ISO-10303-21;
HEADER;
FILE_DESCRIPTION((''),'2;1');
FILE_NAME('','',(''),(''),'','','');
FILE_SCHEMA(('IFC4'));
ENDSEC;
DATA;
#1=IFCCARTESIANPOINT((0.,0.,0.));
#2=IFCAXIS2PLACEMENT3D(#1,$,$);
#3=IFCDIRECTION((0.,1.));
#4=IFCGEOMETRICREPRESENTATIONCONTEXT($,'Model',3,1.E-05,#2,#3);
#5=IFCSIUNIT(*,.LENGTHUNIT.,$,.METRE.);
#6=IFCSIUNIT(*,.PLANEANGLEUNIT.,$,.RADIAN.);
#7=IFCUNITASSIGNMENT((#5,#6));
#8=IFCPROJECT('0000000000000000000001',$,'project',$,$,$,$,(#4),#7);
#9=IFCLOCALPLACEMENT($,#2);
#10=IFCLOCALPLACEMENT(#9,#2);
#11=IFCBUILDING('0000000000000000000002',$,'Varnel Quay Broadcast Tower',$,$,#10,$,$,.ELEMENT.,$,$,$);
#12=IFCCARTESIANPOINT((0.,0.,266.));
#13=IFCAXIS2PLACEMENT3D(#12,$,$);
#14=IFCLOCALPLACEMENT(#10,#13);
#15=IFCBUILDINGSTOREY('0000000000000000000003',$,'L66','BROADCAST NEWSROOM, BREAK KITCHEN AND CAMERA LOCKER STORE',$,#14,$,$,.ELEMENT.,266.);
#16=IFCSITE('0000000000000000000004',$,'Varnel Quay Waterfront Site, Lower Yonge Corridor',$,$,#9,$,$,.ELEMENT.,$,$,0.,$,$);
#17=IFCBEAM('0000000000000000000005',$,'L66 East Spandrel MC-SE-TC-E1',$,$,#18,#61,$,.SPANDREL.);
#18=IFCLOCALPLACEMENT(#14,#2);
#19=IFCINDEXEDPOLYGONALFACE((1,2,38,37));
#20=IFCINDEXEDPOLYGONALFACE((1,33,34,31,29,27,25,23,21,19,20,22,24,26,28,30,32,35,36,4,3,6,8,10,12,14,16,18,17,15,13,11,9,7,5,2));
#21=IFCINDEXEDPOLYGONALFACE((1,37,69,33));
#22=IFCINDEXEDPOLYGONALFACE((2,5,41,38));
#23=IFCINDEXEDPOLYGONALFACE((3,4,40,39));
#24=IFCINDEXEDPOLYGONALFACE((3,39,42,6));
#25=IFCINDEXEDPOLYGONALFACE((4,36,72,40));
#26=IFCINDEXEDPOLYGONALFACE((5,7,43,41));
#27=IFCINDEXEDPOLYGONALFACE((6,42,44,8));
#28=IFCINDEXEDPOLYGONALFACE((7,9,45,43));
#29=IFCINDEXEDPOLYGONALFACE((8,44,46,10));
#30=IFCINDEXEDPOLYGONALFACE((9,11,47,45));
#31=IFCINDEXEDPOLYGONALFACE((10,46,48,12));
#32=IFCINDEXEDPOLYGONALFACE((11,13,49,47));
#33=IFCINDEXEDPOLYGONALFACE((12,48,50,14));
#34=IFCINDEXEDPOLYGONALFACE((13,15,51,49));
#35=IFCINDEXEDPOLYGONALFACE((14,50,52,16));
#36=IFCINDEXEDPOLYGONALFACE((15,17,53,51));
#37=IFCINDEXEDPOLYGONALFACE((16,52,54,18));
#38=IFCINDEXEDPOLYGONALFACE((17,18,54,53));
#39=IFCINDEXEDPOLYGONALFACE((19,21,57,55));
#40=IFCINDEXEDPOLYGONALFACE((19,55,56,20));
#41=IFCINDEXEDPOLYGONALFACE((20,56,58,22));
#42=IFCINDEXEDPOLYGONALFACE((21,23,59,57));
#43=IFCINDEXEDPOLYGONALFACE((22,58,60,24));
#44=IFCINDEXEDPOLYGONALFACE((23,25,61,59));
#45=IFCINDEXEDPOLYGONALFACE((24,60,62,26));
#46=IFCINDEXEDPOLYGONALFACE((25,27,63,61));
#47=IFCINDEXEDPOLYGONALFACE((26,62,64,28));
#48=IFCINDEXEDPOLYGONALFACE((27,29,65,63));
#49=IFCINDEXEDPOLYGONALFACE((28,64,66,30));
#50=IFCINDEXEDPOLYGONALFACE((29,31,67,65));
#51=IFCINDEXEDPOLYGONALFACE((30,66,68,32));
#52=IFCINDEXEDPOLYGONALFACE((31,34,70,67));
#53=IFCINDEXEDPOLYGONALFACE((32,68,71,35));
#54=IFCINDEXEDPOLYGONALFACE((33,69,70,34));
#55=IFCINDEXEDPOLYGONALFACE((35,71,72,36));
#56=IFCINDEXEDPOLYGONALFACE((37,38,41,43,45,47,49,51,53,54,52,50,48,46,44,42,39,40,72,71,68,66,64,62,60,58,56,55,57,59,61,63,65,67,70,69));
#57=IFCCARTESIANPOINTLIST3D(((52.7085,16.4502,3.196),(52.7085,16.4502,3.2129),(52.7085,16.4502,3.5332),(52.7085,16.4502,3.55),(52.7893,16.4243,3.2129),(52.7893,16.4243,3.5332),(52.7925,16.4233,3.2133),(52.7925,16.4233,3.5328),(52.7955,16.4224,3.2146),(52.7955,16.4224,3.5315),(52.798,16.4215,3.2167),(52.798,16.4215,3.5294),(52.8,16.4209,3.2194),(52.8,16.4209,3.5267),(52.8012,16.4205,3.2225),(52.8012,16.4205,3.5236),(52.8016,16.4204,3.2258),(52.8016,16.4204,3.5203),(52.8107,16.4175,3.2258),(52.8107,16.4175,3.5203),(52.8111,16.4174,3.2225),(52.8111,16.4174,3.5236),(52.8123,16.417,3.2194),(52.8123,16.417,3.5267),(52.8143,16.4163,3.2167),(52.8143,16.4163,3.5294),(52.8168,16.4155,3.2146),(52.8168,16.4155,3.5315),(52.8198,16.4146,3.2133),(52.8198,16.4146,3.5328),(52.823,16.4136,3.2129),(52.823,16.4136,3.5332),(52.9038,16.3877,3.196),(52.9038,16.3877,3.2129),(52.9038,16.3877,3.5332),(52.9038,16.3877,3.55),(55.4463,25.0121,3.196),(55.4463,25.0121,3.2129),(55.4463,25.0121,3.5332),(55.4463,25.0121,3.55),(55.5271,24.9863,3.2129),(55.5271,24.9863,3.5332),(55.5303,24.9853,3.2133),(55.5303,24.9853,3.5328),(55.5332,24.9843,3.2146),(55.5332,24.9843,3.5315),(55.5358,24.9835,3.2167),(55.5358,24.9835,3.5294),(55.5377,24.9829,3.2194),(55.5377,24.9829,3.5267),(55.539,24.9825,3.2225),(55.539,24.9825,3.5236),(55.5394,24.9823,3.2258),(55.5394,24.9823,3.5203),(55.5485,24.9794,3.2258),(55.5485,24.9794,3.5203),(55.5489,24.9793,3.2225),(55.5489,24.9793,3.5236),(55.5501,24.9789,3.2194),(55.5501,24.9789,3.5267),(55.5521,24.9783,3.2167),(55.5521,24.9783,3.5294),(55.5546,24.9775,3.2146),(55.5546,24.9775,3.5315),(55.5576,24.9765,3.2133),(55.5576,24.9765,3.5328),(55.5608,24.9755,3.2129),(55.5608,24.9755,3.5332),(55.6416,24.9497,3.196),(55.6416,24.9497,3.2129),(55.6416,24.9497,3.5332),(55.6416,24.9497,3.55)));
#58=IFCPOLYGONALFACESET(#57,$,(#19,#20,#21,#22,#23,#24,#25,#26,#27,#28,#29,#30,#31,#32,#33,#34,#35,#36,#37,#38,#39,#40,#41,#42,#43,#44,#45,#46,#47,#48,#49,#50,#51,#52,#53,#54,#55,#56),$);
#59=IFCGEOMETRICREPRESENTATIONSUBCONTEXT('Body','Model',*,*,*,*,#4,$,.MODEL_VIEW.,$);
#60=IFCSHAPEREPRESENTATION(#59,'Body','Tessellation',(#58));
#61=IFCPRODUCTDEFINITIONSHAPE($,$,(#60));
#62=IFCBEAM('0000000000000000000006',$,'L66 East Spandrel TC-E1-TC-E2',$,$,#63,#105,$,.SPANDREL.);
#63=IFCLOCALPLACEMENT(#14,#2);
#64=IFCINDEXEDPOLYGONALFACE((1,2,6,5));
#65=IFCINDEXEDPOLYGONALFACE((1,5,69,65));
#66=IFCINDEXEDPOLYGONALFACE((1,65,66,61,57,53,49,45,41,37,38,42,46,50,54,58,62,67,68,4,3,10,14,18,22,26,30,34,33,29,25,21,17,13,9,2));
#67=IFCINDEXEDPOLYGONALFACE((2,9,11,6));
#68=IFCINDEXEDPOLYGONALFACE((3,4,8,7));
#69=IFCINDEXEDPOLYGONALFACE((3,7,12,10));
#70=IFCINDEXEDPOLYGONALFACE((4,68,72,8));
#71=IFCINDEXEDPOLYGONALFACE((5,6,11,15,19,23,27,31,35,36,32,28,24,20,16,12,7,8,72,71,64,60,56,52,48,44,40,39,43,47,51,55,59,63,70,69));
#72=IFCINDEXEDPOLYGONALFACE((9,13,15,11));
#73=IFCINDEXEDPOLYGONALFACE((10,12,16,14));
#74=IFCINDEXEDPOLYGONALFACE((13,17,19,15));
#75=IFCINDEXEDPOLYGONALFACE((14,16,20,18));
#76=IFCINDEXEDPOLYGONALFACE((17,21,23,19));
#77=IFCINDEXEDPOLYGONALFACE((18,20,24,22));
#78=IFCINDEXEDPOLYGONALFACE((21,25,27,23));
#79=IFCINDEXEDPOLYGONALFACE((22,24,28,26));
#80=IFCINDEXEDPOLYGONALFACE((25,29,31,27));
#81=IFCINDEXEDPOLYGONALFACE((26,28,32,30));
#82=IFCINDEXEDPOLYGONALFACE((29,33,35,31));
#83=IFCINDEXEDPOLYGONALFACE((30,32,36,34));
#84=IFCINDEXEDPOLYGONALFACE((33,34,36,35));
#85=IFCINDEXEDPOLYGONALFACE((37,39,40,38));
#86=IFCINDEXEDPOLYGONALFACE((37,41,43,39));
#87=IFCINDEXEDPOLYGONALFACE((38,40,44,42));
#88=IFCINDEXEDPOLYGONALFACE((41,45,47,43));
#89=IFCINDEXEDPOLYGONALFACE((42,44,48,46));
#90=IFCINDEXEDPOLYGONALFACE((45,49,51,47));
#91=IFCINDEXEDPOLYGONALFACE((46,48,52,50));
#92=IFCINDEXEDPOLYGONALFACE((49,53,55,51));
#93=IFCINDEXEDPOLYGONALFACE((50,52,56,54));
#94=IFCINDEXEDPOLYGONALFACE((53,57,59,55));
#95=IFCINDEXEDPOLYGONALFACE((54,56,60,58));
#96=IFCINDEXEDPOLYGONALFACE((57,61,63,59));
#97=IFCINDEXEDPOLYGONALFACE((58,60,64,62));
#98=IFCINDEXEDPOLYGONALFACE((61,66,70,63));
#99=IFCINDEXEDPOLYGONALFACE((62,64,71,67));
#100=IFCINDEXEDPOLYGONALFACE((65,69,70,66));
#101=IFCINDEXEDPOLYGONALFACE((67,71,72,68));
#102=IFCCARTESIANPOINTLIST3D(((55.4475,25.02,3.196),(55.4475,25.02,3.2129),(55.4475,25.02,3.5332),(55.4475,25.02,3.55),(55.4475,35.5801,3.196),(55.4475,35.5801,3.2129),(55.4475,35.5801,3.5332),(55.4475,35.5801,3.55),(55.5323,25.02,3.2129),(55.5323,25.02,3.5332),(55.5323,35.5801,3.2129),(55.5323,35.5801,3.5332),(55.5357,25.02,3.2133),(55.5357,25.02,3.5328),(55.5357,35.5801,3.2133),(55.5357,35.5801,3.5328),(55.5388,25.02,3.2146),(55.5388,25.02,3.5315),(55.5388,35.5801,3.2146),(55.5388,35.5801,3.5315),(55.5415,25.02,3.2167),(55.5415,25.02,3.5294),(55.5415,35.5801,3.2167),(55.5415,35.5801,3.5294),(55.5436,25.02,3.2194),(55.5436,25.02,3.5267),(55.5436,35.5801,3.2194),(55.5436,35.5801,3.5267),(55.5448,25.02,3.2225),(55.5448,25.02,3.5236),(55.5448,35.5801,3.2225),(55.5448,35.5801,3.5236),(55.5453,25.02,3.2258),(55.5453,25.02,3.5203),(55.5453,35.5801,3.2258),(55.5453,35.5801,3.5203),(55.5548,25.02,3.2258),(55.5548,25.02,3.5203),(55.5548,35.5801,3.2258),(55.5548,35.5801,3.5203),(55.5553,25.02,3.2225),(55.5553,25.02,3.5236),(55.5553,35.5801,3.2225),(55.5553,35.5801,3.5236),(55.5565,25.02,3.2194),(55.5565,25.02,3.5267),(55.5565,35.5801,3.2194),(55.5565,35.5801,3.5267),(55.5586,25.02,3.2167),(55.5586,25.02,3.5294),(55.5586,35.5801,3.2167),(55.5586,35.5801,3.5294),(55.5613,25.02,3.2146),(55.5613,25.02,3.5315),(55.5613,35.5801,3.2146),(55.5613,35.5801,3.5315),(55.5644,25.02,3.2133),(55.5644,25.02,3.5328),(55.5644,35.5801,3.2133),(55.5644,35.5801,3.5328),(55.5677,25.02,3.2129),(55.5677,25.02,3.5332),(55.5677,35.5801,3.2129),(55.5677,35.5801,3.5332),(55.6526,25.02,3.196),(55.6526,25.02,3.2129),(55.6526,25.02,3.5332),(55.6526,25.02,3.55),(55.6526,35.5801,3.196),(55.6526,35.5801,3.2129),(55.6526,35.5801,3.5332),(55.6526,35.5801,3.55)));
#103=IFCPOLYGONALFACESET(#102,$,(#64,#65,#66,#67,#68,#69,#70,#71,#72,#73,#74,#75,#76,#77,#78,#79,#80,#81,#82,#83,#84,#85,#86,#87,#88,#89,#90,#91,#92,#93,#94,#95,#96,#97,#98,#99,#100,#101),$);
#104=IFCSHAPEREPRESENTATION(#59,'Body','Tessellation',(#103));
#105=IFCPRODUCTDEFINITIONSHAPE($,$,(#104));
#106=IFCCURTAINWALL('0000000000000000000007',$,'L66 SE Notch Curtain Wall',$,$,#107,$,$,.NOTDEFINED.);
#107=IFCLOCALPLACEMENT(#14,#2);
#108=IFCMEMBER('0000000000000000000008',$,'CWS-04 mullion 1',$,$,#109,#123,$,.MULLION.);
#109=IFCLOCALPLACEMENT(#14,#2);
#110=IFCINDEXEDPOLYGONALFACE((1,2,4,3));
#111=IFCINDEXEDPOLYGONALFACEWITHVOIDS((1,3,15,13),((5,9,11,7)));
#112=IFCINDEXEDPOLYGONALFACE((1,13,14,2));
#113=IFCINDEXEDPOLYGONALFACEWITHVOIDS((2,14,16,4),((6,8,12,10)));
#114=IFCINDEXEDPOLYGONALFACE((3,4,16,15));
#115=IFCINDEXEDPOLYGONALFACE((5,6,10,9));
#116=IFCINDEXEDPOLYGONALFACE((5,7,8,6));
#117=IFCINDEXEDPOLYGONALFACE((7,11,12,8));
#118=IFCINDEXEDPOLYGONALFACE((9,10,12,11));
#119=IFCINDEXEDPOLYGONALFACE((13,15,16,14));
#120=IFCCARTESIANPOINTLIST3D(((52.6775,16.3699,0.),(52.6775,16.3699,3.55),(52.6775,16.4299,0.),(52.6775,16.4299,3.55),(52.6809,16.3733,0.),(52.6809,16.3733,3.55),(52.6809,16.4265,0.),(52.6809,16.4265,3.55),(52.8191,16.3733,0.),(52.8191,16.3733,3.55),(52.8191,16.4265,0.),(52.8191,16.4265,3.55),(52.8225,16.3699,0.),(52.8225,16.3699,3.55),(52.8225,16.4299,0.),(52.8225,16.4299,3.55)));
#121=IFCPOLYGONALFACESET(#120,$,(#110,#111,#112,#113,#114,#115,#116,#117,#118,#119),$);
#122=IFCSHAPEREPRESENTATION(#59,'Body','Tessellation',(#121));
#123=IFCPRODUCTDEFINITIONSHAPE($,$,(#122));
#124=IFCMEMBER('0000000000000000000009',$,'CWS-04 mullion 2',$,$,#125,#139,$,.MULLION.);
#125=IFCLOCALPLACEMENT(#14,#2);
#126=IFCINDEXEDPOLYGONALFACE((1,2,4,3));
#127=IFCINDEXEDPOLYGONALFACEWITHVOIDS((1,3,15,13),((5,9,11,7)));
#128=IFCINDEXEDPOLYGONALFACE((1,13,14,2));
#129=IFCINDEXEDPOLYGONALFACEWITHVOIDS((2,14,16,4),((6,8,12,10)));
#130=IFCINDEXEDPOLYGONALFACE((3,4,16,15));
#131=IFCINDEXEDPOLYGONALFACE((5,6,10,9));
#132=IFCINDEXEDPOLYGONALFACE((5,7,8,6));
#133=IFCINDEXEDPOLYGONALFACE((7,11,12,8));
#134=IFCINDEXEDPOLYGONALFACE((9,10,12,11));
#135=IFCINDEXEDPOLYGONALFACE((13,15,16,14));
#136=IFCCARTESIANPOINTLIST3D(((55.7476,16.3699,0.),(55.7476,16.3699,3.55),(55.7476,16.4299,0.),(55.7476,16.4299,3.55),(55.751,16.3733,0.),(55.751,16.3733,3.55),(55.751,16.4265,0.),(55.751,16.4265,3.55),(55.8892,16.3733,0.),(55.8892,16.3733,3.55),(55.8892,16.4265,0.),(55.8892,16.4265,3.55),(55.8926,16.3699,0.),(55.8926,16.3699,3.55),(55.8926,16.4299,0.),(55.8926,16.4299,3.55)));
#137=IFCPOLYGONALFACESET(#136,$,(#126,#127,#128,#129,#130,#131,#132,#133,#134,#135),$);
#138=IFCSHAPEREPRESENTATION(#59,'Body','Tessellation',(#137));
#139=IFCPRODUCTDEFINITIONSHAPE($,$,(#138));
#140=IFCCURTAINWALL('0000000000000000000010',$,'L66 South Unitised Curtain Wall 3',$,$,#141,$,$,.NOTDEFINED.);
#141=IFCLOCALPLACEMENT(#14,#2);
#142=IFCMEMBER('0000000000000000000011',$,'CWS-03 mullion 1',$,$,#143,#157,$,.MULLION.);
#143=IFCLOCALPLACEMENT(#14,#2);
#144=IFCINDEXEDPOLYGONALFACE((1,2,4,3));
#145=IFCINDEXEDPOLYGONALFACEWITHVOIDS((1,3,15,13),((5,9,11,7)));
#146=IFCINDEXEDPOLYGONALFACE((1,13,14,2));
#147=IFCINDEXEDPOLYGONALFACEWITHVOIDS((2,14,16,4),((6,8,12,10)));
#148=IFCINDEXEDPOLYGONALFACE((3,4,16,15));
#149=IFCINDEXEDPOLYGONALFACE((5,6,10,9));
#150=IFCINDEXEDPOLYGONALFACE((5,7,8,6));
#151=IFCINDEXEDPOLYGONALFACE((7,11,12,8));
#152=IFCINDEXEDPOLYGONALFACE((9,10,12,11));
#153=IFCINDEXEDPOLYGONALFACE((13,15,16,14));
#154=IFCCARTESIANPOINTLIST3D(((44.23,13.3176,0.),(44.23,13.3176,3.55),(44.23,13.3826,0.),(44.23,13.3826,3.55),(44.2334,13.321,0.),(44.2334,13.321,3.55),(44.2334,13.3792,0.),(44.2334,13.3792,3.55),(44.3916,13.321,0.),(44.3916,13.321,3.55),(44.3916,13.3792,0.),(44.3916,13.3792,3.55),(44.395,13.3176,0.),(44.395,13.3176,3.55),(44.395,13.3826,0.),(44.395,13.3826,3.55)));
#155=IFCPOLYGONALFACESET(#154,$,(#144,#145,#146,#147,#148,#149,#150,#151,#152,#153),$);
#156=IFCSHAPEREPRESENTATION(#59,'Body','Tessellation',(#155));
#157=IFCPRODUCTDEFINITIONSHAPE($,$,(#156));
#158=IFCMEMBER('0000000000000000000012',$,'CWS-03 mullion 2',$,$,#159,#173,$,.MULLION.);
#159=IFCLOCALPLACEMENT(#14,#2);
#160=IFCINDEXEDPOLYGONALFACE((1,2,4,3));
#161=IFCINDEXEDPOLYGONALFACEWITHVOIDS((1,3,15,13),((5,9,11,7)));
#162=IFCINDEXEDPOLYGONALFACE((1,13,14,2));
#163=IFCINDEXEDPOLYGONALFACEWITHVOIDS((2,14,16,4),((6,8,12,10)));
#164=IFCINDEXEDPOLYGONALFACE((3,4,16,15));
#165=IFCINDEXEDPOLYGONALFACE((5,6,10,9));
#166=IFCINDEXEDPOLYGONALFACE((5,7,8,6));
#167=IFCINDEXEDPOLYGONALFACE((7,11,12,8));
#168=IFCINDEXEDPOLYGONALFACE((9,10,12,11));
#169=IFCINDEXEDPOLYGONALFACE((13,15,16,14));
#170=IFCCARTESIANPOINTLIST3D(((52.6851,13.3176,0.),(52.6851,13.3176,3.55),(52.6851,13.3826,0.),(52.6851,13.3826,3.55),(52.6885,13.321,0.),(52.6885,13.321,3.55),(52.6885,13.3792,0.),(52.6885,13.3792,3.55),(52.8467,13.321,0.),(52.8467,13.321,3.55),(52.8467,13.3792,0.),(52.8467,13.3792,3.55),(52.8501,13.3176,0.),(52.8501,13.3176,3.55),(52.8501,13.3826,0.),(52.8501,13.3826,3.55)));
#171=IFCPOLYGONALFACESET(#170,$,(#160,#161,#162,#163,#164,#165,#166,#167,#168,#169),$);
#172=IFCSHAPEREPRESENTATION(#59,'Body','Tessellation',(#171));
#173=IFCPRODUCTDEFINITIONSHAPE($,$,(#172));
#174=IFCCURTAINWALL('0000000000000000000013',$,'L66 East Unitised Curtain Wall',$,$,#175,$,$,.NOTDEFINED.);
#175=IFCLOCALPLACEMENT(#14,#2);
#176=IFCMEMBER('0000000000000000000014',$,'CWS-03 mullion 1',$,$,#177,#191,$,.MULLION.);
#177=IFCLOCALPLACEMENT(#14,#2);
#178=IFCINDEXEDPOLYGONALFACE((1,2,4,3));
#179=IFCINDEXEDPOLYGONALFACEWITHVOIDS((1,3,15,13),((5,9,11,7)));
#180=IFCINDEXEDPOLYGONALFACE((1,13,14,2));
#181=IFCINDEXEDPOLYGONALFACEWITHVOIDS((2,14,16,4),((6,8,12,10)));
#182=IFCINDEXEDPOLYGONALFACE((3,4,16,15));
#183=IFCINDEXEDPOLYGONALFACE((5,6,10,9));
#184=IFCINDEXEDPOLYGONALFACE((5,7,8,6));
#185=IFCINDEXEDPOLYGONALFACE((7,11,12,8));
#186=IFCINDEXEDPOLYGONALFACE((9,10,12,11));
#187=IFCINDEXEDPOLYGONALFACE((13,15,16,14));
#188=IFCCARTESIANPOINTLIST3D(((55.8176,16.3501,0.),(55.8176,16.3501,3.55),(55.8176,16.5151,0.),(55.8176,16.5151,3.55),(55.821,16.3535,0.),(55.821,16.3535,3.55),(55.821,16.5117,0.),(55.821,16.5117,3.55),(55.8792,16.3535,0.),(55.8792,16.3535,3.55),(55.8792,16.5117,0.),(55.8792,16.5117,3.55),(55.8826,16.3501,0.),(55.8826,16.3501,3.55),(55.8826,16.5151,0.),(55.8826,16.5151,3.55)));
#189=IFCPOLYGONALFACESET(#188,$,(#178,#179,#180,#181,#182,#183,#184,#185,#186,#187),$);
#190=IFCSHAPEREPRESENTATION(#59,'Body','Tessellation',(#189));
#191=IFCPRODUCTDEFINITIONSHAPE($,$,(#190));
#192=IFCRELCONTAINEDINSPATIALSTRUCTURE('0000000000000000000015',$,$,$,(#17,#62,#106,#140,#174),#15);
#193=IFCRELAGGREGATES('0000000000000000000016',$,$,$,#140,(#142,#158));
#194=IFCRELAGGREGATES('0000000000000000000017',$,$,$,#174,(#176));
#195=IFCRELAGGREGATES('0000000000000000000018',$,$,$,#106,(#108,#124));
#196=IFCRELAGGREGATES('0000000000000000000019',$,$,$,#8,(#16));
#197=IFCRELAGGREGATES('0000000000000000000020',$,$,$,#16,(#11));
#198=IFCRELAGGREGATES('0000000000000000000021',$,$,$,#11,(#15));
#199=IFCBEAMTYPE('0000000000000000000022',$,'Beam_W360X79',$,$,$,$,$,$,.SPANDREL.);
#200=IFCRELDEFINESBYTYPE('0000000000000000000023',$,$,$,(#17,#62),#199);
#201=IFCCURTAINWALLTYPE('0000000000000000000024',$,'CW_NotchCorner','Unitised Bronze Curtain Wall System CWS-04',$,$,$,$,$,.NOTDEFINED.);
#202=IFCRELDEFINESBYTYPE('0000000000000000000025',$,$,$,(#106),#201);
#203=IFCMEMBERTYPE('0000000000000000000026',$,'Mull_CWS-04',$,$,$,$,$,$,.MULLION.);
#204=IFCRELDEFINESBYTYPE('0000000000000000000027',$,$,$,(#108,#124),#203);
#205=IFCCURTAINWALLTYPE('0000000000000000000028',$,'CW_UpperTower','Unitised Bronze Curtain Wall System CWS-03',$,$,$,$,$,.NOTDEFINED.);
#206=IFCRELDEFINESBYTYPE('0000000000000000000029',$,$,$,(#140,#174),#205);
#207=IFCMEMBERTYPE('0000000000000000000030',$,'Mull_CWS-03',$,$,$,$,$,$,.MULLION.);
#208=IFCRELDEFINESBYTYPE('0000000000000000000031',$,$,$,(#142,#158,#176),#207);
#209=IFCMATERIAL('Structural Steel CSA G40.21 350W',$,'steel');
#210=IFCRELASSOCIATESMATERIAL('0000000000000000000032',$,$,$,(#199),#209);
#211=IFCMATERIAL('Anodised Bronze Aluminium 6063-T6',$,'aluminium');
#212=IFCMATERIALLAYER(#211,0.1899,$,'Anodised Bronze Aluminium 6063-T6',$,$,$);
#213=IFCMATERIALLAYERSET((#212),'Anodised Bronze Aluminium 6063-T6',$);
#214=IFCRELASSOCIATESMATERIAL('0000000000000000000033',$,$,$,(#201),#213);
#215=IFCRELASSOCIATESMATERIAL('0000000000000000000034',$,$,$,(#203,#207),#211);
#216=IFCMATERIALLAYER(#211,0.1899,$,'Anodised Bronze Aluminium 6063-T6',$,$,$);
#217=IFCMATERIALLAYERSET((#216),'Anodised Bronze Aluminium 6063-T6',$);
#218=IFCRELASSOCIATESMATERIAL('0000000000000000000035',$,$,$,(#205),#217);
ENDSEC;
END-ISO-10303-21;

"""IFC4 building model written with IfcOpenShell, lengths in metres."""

from ifc_helpers import new_model, si_unit, direction, frame, origin, origin_2d, place, context, subcontext, project, spatial, hollow_rectangle, i_section, extrude, source, transform, mapped, material, layer, layer_set, material_profile, profile_set, type_object, type_shapes, element, aggregate, save


model = new_model("IFC4")

# Units and contexts
model_context = context("Model", 3, precision=1e-05, world=origin(), true_north=direction((0.0, 1.0)))
body_context = subcontext(model_context, "Body", "Model", "MODEL_VIEW")
ifc_project = project(units=[si_unit("LENGTHUNIT", "METRE"), si_unit("PLANEANGLEUNIT", "RADIAN")], contexts=[model_context])

# Site, building, storey
site_placement = place(None, origin())
site = spatial("IfcSite", under=ifc_project, at=site_placement, Name="Varnel Quay Waterfront Site, Lower Yonge Corridor", CompositionType="ELEMENT", RefElevation=0.0)
building_placement = place(site_placement, origin())
building = spatial("IfcBuilding", under=site, at=building_placement, Name="Varnel Quay Broadcast Tower", CompositionType="ELEMENT")
storey_placement = place(building_placement, frame((0.0, 0.0, 266.0)))
storey = spatial("IfcBuildingStorey", under=building, at=storey_placement, Name="L66", Description="BROADCAST NEWSROOM, BREAK KITCHEN AND CAMERA LOCKER STORE", CompositionType="ELEMENT", Elevation=266.0)

# Shared definitions
ifc_material_1 = material(Name="Structural Steel CSA G40.21 350W", Category="steel")

# Beams
ifc_material_profile_1 = material_profile(ifc_material_1, i_section(OverallWidth=0.2051, OverallDepth=0.354, WebThickness=0.0095, FlangeThickness=0.0168, FilletRadius=0.0129, at=origin_2d()), Name="W360X79")
ifc_profile_set_1 = profile_set([ifc_material_profile_1], Name="Structural Steel CSA G40.21 350W")
beam_type = type_object("IfcBeamType", Name="Beam_W360X79", PredefinedType="SPANDREL", material=ifc_profile_set_1)
shared_shape_1 = source(origin(), body_context, "Body", "SweptSolid", [
    extrude(i_section(OverallWidth=0.2051, OverallDepth=0.354, WebThickness=0.0095, FlangeThickness=0.0168, FilletRadius=0.0129, at=origin_2d()), origin(), (0.0, 0.0, 1.0), 8.989),
])
beam_1_placement = place(storey_placement, frame((52.8062, 16.4189, 3.373), z_axis=(0.304569, 0.95249, 0.0), x_axis=(-0.95249, 0.304569, 0.0)))
element("IfcBeam", 1, at=beam_1_placement, inside=storey, type_object=beam_type, Name="L66 East Spandrel MC-SE-TC-E1", PredefinedType="SPANDREL", context=body_context, shape_type="MappedRepresentation", body=[
    mapped(shared_shape_1, transform((0.0, 0.0, 0.0), x_axis=(1.0, 0.0, 0.0), y_axis=(0.0, 1.0, 0.0), z_axis=(0.0, 0.0, 1.0), scale=1.0)),
])
shared_shape_2 = source(origin(), body_context, "Body", "SweptSolid", [
    extrude(i_section(OverallWidth=0.2051, OverallDepth=0.354, WebThickness=0.0095, FlangeThickness=0.0168, FilletRadius=0.0129, at=origin_2d()), origin(), (0.0, 0.0, 1.0), 10.5601),
])
beam_2_placement = place(storey_placement, frame((55.55, 25.02, 3.373), z_axis=(0.0, 1.0, 0.0), x_axis=(-1.0, 0.0, 0.0)))
element("IfcBeam", 2, at=beam_2_placement, inside=storey, type_object=beam_type, Name="L66 East Spandrel TC-E1-TC-E2", PredefinedType="SPANDREL", context=body_context, shape_type="MappedRepresentation", body=[
    mapped(shared_shape_2, transform((0.0, 0.0, 0.0), x_axis=(1.0, 0.0, 0.0), y_axis=(0.0, 1.0, 0.0), z_axis=(0.0, 0.0, 1.0), scale=1.0)),
])

# Curtain walls, members
ifc_material_2 = material(Name="Anodised Bronze Aluminium 6063-T6", Category="aluminium")
ifc_layer_1 = layer(ifc_material_2, 0.1899, Name="Anodised Bronze Aluminium 6063-T6")
ifc_layer_set_1 = layer_set([ifc_layer_1], Name="Anodised Bronze Aluminium 6063-T6")
curtain_wall_type_1 = type_object("IfcCurtainWallType", Name="CW_NotchCorner", Description="Unitised Bronze Curtain Wall System CWS-04", PredefinedType="NOTDEFINED", material=ifc_layer_set_1)
curtain_wall_1_placement = place(storey_placement, origin())
curtain_wall_1 = element("IfcCurtainWall", 3, at=curtain_wall_1_placement, inside=storey, type_object=curtain_wall_type_1, Name="L66 SE Notch Curtain Wall", PredefinedType="NOTDEFINED")
ifc_material_profile_2 = material_profile(ifc_material_2, hollow_rectangle(XDim=0.0601, YDim=0.145, WallThickness=0.0034, at=origin_2d()), Name="ALU60X145X3.5")
ifc_profile_set_2 = profile_set([ifc_material_profile_2], Name="Anodised Bronze Aluminium 6063-T6")
member_type_1 = type_object("IfcMemberType", Name="Mull_CWS-04", PredefinedType="MULLION", material=ifc_profile_set_2)
shared_shape_3 = source(origin(), body_context, "Body", "SweptSolid", [
    extrude(hollow_rectangle(XDim=0.0601, YDim=0.145, WallThickness=0.0034, at=origin_2d()), origin(), (0.0, 0.0, 1.0), 3.55),
])
type_shapes(member_type_1, [shared_shape_3])
member_1_placement = place(storey_placement, frame((52.75, 16.3999, 0.0), z_axis=(0.0, 0.0, 1.0), x_axis=(0.0, 1.0, 0.0)))
member_1 = element("IfcMember", 4, at=member_1_placement, type_object=member_type_1, Name="CWS-04 mullion 1", PredefinedType="MULLION", context=body_context, shape_type="MappedRepresentation", body=[
    mapped(shared_shape_3, transform((0.0, 0.0, 0.0), x_axis=(1.0, 0.0, 0.0), y_axis=(0.0, 1.0, 0.0), z_axis=(0.0, 0.0, 1.0), scale=1.0)),
])
member_2_placement = place(storey_placement, frame((55.8201, 16.3999, 0.0), z_axis=(0.0, 0.0, 1.0), x_axis=(0.0, 1.0, 0.0)))
member_2 = element("IfcMember", 5, at=member_2_placement, type_object=member_type_1, Name="CWS-04 mullion 2", PredefinedType="MULLION", context=body_context, shape_type="MappedRepresentation", body=[
    mapped(shared_shape_3, transform((0.0, 0.0, 0.0), x_axis=(1.0, 0.0, 0.0), y_axis=(0.0, 1.0, 0.0), z_axis=(0.0, 0.0, 1.0), scale=1.0)),
])
ifc_layer_2 = layer(ifc_material_2, 0.1899, Name="Anodised Bronze Aluminium 6063-T6")
ifc_layer_set_2 = layer_set([ifc_layer_2], Name="Anodised Bronze Aluminium 6063-T6")
curtain_wall_type_2 = type_object("IfcCurtainWallType", Name="CW_UpperTower", Description="Unitised Bronze Curtain Wall System CWS-03", PredefinedType="NOTDEFINED", material=ifc_layer_set_2)
curtain_wall_2_placement = place(storey_placement, origin())
curtain_wall_2 = element("IfcCurtainWall", 6, at=curtain_wall_2_placement, inside=storey, type_object=curtain_wall_type_2, Name="L66 South Unitised Curtain Wall 3", PredefinedType="NOTDEFINED")
ifc_material_profile_3 = material_profile(ifc_material_2, hollow_rectangle(XDim=0.0649, YDim=0.165, WallThickness=0.0034, at=origin_2d()), Name="ALU65X165X3.5")
ifc_profile_set_3 = profile_set([ifc_material_profile_3], Name="Anodised Bronze Aluminium 6063-T6")
member_type_2 = type_object("IfcMemberType", Name="Mull_CWS-03", PredefinedType="MULLION", material=ifc_profile_set_3)
shared_shape_4 = source(origin(), body_context, "Body", "SweptSolid", [
    extrude(hollow_rectangle(XDim=0.0649, YDim=0.165, WallThickness=0.0034, at=origin_2d()), origin(), (0.0, 0.0, 1.0), 3.55),
])
type_shapes(member_type_2, [shared_shape_4])
member_3_placement = place(storey_placement, frame((44.3125, 13.3501, 0.0), z_axis=(0.0, 0.0, 1.0), x_axis=(0.0, 1.0, 0.0)))
member_3 = element("IfcMember", 7, at=member_3_placement, type_object=member_type_2, Name="CWS-03 mullion 1", PredefinedType="MULLION", context=body_context, shape_type="MappedRepresentation", body=[
    mapped(shared_shape_4, transform((0.0, 0.0, 0.0), x_axis=(1.0, 0.0, 0.0), y_axis=(0.0, 1.0, 0.0), z_axis=(0.0, 0.0, 1.0), scale=1.0)),
])
member_4_placement = place(storey_placement, frame((52.7676, 13.3501, 0.0), z_axis=(0.0, 0.0, 1.0), x_axis=(0.0, 1.0, 0.0)))
member_4 = element("IfcMember", 8, at=member_4_placement, type_object=member_type_2, Name="CWS-03 mullion 2", PredefinedType="MULLION", context=body_context, shape_type="MappedRepresentation", body=[
    mapped(shared_shape_4, transform((0.0, 0.0, 0.0), x_axis=(1.0, 0.0, 0.0), y_axis=(0.0, 1.0, 0.0), z_axis=(0.0, 0.0, 1.0), scale=1.0)),
])

# Curtain wall, member
curtain_wall_3_placement = place(storey_placement, origin())
curtain_wall_3 = element("IfcCurtainWall", 9, at=curtain_wall_3_placement, inside=storey, type_object=curtain_wall_type_2, Name="L66 East Unitised Curtain Wall", PredefinedType="NOTDEFINED")
member_5_placement = place(storey_placement, frame((55.8501, 16.4326, 0.0), z_axis=(0.0, 0.0, 1.0), x_axis=(-1.0, 0.0, 0.0)))
member_5 = element("IfcMember", 10, at=member_5_placement, type_object=member_type_2, Name="CWS-03 mullion 1", PredefinedType="MULLION", context=body_context, shape_type="MappedRepresentation", body=[
    mapped(shared_shape_4, transform((0.0, 0.0, 0.0), x_axis=(1.0, 0.0, 0.0), y_axis=(0.0, 1.0, 0.0), z_axis=(0.0, 0.0, 1.0), scale=1.0)),
])

aggregate(curtain_wall_2, [member_3, member_4])
aggregate(curtain_wall_3, [member_5])
aggregate(curtain_wall_1, [member_1, member_2])

save(model, "model.ifc")
